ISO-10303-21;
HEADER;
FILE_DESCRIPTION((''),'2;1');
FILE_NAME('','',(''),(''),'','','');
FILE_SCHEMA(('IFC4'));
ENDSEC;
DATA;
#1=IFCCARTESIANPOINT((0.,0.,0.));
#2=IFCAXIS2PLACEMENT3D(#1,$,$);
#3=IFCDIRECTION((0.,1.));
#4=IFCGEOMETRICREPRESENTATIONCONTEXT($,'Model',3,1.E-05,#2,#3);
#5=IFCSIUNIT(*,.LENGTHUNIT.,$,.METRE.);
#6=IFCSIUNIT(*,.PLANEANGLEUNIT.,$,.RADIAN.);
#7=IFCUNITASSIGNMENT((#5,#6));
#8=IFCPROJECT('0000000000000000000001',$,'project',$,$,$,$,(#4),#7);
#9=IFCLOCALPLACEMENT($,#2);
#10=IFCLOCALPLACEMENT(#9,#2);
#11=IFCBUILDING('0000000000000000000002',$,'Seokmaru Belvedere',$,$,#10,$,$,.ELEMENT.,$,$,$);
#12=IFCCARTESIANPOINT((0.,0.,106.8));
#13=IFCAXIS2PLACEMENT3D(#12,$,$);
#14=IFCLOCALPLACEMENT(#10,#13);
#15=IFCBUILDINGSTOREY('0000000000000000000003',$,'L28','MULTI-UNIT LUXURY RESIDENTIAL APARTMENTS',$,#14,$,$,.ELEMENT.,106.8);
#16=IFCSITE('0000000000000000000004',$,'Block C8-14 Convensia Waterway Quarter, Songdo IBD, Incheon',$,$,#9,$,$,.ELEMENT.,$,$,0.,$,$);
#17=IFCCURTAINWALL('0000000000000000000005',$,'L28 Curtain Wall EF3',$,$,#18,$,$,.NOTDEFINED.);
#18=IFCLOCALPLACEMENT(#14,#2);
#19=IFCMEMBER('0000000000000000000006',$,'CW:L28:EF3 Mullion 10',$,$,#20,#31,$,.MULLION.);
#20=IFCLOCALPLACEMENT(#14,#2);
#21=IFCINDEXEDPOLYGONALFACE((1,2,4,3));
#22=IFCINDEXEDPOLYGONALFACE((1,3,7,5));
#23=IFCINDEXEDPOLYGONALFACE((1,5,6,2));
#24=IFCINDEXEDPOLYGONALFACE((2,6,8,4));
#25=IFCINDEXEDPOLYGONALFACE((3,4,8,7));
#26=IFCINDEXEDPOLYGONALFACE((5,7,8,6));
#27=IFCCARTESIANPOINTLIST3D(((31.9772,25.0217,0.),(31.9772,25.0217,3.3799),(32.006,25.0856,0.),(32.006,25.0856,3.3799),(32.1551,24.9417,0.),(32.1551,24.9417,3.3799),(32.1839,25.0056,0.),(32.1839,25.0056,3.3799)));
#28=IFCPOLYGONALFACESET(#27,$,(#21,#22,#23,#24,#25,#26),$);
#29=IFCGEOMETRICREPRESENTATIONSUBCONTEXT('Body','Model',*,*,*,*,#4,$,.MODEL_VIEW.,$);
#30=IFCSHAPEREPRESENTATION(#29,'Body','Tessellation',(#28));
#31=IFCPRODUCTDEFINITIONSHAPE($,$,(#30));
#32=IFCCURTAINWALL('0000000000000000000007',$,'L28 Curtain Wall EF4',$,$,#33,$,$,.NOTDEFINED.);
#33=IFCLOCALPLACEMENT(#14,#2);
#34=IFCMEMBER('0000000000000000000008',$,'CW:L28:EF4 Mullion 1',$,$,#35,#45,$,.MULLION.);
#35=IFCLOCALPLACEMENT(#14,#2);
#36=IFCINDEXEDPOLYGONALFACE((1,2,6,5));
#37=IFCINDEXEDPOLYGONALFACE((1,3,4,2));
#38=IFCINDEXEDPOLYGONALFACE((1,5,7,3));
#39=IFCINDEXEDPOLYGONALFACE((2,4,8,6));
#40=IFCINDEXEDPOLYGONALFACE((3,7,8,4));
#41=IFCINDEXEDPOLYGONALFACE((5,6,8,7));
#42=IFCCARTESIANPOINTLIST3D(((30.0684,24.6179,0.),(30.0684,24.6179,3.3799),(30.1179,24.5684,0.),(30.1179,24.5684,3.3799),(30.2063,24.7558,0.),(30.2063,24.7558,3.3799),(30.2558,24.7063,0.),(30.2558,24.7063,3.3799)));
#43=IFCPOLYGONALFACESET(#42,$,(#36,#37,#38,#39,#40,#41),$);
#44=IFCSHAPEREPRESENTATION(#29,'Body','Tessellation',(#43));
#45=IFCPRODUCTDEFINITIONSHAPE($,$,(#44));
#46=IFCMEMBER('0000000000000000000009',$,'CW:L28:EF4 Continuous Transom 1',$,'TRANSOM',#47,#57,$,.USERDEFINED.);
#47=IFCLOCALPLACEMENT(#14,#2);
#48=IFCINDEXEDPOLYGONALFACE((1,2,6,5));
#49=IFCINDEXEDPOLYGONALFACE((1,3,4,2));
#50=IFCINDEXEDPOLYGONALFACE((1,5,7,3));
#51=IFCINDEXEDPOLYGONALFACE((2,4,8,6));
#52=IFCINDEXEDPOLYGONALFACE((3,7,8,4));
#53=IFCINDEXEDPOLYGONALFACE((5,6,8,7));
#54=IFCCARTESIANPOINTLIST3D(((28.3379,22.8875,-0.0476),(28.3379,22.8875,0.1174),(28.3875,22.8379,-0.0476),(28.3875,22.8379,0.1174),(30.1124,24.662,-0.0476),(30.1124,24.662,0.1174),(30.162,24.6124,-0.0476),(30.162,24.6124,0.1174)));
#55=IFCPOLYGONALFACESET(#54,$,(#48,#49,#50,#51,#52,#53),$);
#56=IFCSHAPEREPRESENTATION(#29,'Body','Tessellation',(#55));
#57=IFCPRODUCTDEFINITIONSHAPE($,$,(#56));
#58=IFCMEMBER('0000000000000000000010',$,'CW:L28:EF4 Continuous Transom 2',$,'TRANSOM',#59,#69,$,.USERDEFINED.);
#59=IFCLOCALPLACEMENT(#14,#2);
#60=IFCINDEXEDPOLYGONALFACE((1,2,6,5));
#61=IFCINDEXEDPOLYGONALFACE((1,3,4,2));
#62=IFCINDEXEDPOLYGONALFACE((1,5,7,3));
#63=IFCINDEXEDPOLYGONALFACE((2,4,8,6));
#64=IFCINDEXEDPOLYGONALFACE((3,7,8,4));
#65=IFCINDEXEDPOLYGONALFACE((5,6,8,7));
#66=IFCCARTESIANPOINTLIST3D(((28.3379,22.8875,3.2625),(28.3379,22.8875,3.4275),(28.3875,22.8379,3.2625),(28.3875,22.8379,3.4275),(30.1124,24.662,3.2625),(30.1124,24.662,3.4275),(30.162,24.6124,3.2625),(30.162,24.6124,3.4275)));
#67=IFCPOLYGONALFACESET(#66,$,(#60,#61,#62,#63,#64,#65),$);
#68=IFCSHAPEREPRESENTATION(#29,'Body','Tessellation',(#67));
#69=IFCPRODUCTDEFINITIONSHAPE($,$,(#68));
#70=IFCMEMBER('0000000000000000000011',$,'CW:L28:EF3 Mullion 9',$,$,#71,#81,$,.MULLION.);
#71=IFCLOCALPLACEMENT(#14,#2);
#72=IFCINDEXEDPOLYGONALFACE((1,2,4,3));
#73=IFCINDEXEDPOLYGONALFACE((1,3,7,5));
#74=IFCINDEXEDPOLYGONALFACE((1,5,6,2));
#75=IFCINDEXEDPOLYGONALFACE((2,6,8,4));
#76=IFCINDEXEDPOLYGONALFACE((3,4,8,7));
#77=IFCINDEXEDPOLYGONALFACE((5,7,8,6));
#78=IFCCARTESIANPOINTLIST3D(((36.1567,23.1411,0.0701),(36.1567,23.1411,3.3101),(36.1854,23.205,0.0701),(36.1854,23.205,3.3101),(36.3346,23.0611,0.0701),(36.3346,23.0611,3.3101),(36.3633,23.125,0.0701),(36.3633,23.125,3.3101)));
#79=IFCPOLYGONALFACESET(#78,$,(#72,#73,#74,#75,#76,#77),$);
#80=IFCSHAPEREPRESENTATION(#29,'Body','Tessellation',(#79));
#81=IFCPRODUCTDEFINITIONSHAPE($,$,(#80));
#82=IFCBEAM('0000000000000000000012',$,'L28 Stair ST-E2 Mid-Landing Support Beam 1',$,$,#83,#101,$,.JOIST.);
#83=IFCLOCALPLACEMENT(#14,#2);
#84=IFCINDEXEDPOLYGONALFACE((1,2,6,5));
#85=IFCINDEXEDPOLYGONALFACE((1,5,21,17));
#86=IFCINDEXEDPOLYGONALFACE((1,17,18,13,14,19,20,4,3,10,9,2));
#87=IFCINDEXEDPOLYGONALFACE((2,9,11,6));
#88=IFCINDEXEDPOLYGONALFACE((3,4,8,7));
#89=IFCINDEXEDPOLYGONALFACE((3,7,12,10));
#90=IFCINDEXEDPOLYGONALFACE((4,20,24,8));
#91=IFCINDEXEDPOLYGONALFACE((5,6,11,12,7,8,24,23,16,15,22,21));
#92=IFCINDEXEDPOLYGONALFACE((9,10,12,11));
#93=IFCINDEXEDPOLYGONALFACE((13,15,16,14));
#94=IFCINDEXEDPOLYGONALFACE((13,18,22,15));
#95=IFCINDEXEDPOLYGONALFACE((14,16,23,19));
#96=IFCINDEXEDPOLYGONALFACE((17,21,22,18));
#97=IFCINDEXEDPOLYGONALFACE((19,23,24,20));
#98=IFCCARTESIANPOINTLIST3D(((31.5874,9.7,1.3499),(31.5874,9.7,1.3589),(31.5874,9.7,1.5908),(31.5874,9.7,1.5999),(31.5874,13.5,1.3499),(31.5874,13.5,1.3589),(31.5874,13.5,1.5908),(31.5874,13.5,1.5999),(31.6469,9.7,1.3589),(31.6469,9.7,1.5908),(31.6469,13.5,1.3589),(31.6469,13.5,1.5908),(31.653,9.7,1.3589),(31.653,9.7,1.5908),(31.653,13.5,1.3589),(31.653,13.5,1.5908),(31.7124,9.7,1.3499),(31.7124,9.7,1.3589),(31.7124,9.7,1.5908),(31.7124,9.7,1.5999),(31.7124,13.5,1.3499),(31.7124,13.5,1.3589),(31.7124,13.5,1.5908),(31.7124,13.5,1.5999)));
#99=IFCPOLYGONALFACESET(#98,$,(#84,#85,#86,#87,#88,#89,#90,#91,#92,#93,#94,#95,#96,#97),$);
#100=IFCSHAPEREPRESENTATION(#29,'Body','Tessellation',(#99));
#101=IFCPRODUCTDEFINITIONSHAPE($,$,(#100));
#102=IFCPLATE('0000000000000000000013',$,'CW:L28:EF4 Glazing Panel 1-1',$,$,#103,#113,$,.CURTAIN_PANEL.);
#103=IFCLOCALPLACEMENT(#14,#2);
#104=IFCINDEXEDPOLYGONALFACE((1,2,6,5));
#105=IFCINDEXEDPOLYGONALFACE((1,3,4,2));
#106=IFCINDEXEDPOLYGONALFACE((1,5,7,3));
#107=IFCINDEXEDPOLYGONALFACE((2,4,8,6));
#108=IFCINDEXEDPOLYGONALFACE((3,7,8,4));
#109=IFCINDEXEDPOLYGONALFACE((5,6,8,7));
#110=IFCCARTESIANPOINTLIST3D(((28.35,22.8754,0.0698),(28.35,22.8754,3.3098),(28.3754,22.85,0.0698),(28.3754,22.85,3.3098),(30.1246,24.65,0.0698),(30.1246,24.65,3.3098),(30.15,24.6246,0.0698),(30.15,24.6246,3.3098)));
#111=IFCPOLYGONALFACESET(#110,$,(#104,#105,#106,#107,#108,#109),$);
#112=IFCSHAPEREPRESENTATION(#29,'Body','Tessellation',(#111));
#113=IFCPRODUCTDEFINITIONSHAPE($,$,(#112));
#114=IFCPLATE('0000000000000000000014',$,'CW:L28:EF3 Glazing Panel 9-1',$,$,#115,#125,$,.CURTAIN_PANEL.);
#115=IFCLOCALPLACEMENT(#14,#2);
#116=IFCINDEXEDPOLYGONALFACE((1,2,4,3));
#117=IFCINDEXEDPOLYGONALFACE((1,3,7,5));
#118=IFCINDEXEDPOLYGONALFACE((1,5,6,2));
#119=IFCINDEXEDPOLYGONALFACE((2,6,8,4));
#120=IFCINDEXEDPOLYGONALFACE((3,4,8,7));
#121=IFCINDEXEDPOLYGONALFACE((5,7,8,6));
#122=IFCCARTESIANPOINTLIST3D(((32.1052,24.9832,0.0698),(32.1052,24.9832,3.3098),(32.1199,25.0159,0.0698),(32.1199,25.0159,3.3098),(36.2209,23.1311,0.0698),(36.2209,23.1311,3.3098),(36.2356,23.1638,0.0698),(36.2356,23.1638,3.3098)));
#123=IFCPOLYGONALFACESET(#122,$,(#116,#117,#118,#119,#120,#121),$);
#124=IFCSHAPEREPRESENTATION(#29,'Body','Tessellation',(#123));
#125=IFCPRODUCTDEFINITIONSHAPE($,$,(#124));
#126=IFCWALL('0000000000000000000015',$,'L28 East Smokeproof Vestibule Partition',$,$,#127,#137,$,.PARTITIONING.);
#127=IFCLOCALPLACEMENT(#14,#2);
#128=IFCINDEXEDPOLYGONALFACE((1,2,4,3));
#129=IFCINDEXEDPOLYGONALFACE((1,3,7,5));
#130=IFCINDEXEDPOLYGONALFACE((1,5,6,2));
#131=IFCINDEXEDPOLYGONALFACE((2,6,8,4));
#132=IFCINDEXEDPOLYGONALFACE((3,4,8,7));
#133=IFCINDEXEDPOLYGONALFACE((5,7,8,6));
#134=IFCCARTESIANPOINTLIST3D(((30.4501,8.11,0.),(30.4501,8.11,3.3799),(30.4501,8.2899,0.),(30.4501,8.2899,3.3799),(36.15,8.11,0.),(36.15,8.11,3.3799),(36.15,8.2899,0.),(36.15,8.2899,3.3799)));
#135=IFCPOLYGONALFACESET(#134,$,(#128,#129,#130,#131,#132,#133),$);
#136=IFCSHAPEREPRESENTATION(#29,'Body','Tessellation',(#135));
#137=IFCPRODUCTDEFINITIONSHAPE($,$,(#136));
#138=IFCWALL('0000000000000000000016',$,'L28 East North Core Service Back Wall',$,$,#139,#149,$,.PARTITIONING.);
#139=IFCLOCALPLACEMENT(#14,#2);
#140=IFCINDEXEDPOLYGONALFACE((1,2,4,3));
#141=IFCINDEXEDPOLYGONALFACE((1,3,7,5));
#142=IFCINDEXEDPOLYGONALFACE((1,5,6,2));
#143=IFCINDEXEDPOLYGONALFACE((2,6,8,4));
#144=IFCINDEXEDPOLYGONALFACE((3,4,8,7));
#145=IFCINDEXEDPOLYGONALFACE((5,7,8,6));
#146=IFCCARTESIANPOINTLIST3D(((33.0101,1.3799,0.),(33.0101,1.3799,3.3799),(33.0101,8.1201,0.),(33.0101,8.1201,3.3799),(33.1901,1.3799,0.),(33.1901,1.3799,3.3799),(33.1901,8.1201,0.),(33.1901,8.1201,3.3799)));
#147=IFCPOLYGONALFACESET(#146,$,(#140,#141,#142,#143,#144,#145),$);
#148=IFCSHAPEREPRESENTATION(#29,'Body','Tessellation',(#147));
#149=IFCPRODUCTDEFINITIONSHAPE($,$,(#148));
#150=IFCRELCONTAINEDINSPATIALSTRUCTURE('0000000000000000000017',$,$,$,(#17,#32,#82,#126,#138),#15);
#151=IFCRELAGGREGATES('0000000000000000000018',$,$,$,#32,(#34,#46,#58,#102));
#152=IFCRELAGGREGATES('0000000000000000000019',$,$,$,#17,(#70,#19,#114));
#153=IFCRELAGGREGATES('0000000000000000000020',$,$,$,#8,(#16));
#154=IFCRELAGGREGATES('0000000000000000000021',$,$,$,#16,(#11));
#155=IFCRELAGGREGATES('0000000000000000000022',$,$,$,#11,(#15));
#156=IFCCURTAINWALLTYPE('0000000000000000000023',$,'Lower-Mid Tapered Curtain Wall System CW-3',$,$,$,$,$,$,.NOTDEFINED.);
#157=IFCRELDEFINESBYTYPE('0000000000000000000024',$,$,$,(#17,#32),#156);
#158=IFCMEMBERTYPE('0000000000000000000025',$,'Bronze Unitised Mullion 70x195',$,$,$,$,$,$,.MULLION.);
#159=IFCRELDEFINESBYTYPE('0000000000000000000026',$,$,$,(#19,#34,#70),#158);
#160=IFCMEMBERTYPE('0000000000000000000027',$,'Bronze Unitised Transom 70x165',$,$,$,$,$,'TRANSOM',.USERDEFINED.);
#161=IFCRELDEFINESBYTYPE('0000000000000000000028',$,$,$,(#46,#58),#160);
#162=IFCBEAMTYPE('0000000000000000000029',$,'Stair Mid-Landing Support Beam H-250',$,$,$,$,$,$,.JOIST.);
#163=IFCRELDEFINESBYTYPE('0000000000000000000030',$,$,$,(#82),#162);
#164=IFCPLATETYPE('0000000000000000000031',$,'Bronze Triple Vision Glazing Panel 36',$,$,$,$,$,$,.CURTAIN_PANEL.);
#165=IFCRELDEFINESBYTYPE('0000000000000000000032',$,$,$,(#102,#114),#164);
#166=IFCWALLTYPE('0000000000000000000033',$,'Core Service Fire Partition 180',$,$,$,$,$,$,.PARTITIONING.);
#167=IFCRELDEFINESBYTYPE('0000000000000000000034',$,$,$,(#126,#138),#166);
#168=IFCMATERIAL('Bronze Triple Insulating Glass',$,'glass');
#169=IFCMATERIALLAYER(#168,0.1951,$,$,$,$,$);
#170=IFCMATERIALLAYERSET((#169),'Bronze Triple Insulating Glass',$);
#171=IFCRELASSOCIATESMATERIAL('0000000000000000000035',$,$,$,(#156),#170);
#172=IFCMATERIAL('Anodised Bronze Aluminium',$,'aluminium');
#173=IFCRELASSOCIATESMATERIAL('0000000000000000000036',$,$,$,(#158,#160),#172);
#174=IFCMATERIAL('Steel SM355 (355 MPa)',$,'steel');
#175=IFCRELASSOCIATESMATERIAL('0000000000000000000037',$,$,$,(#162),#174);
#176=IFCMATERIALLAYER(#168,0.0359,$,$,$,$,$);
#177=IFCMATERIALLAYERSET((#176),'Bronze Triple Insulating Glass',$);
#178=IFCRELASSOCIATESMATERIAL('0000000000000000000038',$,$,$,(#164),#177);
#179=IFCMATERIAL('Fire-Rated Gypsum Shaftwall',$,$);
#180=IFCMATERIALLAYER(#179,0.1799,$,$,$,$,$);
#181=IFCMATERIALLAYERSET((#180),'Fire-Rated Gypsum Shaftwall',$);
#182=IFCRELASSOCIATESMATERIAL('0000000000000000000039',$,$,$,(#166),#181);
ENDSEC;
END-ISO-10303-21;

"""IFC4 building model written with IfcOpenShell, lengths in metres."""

from ifc_helpers import new_model, si_unit, direction, frame, frame_2d, origin, origin_2d, place, context, subcontext, project, spatial, rectangle, i_section, extrude, source, transform, mapped, material, layer, layer_set, material_profile, profile_set, type_object, type_shapes, element, aggregate, save


model = new_model("IFC4")

# Units and contexts
model_context = context("Model", 3, precision=1e-05, world=origin(), true_north=direction((0.0, 1.0)))
body_context = subcontext(model_context, "Body", "Model", "MODEL_VIEW")
ifc_project = project(units=[si_unit("LENGTHUNIT", "METRE"), si_unit("PLANEANGLEUNIT", "RADIAN")], contexts=[model_context])

# Site, building, storey
site_placement = place(None, origin())
site = spatial("IfcSite", under=ifc_project, at=site_placement, Name="Block C8-14 Convensia Waterway Quarter, Songdo IBD, Incheon", CompositionType="ELEMENT", RefElevation=0.0)
building_placement = place(site_placement, origin())
building = spatial("IfcBuilding", under=site, at=building_placement, Name="Seokmaru Belvedere", CompositionType="ELEMENT")
storey_placement = place(building_placement, frame((0.0, 0.0, 106.8)))
storey = spatial("IfcBuildingStorey", under=building, at=storey_placement, Name="L28", Description="MULTI-UNIT LUXURY RESIDENTIAL APARTMENTS", CompositionType="ELEMENT", Elevation=106.8)

# Shared definitions
ifc_material_1 = material(Name="Steel SM355 (355 MPa)", Category="steel")

# Curtain wall, member
ifc_material_2 = material(Name="Bronze Triple Insulating Glass", Category="glass")
ifc_layer_1 = layer(ifc_material_2, 0.1951)
ifc_layer_set_1 = layer_set([ifc_layer_1], Name="Bronze Triple Insulating Glass")
curtain_wall_type = type_object("IfcCurtainWallType", Name="Lower-Mid Tapered Curtain Wall System CW-3", PredefinedType="NOTDEFINED", material=ifc_layer_set_1)
curtain_wall_1_placement = place(storey_placement, origin())
curtain_wall_1 = element("IfcCurtainWall", 1, at=curtain_wall_1_placement, inside=storey, type_object=curtain_wall_type, Name="L28 Curtain Wall EF3", PredefinedType="NOTDEFINED")
ifc_material_3 = material(Name="Anodised Bronze Aluminium", Category="aluminium")
ifc_material_profile_1 = material_profile(ifc_material_3, rectangle(XDim=0.0701, YDim=0.1951, at=origin_2d()), Name="CW-M-70x195")
ifc_profile_set_1 = profile_set([ifc_material_profile_1], Name="Anodised Bronze Aluminium")
member_type_1 = type_object("IfcMemberType", Name="Bronze Unitised Mullion 70x195", PredefinedType="MULLION", material=ifc_profile_set_1)
shared_shape_1 = source(origin(), body_context, "Body", "SweptSolid", [
    extrude(rectangle(XDim=0.0701, YDim=0.1951, at=origin_2d()), origin(), (0.0, 0.0, 1.0), 3.3799),
])
member_1_placement = place(storey_placement, frame((32.0806, 25.0137, 0.0), z_axis=(0.0, 0.0, 1.0), x_axis=(-0.410366, -0.911921, 0.0)))
member_1 = element("IfcMember", 2, at=member_1_placement, type_object=member_type_1, Name="CW:L28:EF3 Mullion 10", PredefinedType="MULLION", context=body_context, shape_type="MappedRepresentation", body=[
    mapped(shared_shape_1, transform((0.0, 0.0, 0.0), scale=1.0)),
])

# Curtain wall, members
curtain_wall_2_placement = place(storey_placement, origin())
curtain_wall_2 = element("IfcCurtainWall", 3, at=curtain_wall_2_placement, inside=storey, type_object=curtain_wall_type, Name="L28 Curtain Wall EF4", PredefinedType="NOTDEFINED")
member_2_placement = place(storey_placement, frame((30.1621, 24.6621, 0.0), z_axis=(0.0, 0.0, 1.0), x_axis=(0.707107, -0.707107, 0.0)))
member_2 = element("IfcMember", 4, at=member_2_placement, type_object=member_type_1, Name="CW:L28:EF4 Mullion 1", PredefinedType="MULLION", context=body_context, shape_type="MappedRepresentation", body=[
    mapped(shared_shape_1, transform((0.0, 0.0, 0.0), scale=1.0)),
])
ifc_material_profile_2 = material_profile(ifc_material_3, rectangle(XDim=0.0701, YDim=0.165, at=origin_2d()), Name="CW-T-70x165")
ifc_profile_set_2 = profile_set([ifc_material_profile_2], Name="Anodised Bronze Aluminium")
member_type_2 = type_object("IfcMemberType", Name="Bronze Unitised Transom 70x165", ElementType="TRANSOM", PredefinedType="USERDEFINED", material=ifc_profile_set_2)
shared_shape_2 = source(origin(), body_context, "Body", "SweptSolid", [
    extrude(rectangle(XDim=0.0701, YDim=0.165, at=origin_2d()), origin(), (0.0, 0.0, 1.0), 2.5095),
])
type_shapes(member_type_2, [shared_shape_2])
member_3_placement = place(storey_placement, frame((30.1372, 24.6372, 0.0349), z_axis=(-0.707107, -0.707107, 0.0), x_axis=(0.707107, -0.707107, 0.0)))
member_3 = element("IfcMember", 5, at=member_3_placement, type_object=member_type_2, Name="CW:L28:EF4 Continuous Transom 1", ObjectType="TRANSOM", PredefinedType="USERDEFINED", context=body_context, shape_type="MappedRepresentation", body=[
    mapped(shared_shape_2, transform((0.0, 0.0, 0.0), scale=1.0)),
])
member_4_placement = place(storey_placement, frame((30.1372, 24.6372, 3.345), z_axis=(-0.707107, -0.707107, 0.0), x_axis=(0.707107, -0.707107, 0.0)))
member_4 = element("IfcMember", 6, at=member_4_placement, type_object=member_type_2, Name="CW:L28:EF4 Continuous Transom 2", ObjectType="TRANSOM", PredefinedType="USERDEFINED", context=body_context, shape_type="MappedRepresentation", body=[
    mapped(shared_shape_2, transform((0.0, 0.0, 0.0), scale=1.0)),
])

# Member
shared_shape_3 = source(origin(), body_context, "Body", "SweptSolid", [
    extrude(rectangle(XDim=0.0701, YDim=0.1951, at=origin_2d()), origin(), (0.0, 0.0, 1.0), 3.24),
])
type_shapes(member_type_1, [shared_shape_1, shared_shape_3])
member_5_placement = place(storey_placement, frame((36.26, 23.1331, 0.0701), z_axis=(0.0, 0.0, 1.0), x_axis=(-0.410366, -0.911921, 0.0)))
member_5 = element("IfcMember", 7, at=member_5_placement, type_object=member_type_1, Name="CW:L28:EF3 Mullion 9", PredefinedType="MULLION", context=body_context, shape_type="MappedRepresentation", body=[
    mapped(shared_shape_3, transform((0.0, 0.0, 0.0), scale=1.0)),
])

# Beam
ifc_material_profile_3 = material_profile(ifc_material_1, i_section(OverallWidth=0.125, OverallDepth=0.25, WebThickness=0.0061, FlangeThickness=0.009, at=origin_2d()), Name="H-250x125x6x9")
ifc_profile_set_3 = profile_set([ifc_material_profile_3], Name="Steel SM355 (355 MPa)")
beam_type_1 = type_object("IfcBeamType", Name="Stair Mid-Landing Support Beam H-250", PredefinedType="JOIST", material=ifc_profile_set_3)
shared_shape_4 = source(origin(), body_context, "Body", "SweptSolid", [
    extrude(i_section(OverallWidth=0.125, OverallDepth=0.25, WebThickness=0.0061, FlangeThickness=0.009, at=origin_2d()), origin(), (0.0, 0.0, 1.0), 3.8),
])
type_shapes(beam_type_1, [shared_shape_4])
beam_1_placement = place(storey_placement, frame((31.6499, 9.7, 1.4749), z_axis=(0.0, 1.0, 0.0), x_axis=(-1.0, 0.0, 0.0)))
element("IfcBeam", 8, at=beam_1_placement, inside=storey, type_object=beam_type_1, Name="L28 Stair ST-E2 Mid-Landing Support Beam 1", PredefinedType="JOIST", context=body_context, shape_type="MappedRepresentation", body=[
    mapped(shared_shape_4, transform((0.0, 0.0, 0.0), scale=1.0)),
])

# Plates
ifc_layer_2 = layer(ifc_material_2, 0.0359)
ifc_layer_set_2 = layer_set([ifc_layer_2], Name="Bronze Triple Insulating Glass")
plate_type = type_object("IfcPlateType", Name="Bronze Triple Vision Glazing Panel 36", PredefinedType="CURTAIN_PANEL", material=ifc_layer_set_2)
shared_shape_5 = source(origin(), body_context, "Body", "SweptSolid", [
    extrude(rectangle(XDim=2.5098, YDim=0.0359, at=origin_2d()), origin(), (0.0, 0.0, 1.0), 3.24),
])
plate_1_placement = place(storey_placement, frame((29.25, 23.75, 0.0698), z_axis=(0.0, 0.0, 1.0), x_axis=(-0.707107, -0.707107, 0.0)))
plate_1 = element("IfcPlate", 9, at=plate_1_placement, type_object=plate_type, Name="CW:L28:EF4 Glazing Panel 1-1", PredefinedType="CURTAIN_PANEL", context=body_context, shape_type="MappedRepresentation", body=[
    mapped(shared_shape_5, transform((0.0, 0.0, 0.0), scale=1.0)),
])
aggregate(curtain_wall_2, [member_2, member_3, member_4, plate_1])
shared_shape_6 = source(origin(), body_context, "Body", "SweptSolid", [
    extrude(rectangle(XDim=4.5132, YDim=0.0359, at=origin_2d()), origin(), (0.0, 0.0, 1.0), 3.24),
])
type_shapes(plate_type, [shared_shape_5, shared_shape_6])
plate_2_placement = place(storey_placement, frame((34.1704, 24.0735, 0.0698), z_axis=(0.0, 0.0, 1.0), x_axis=(-0.911921, 0.410366, 0.0)))
plate_2 = element("IfcPlate", 10, at=plate_2_placement, type_object=plate_type, Name="CW:L28:EF3 Glazing Panel 9-1", PredefinedType="CURTAIN_PANEL", context=body_context, shape_type="MappedRepresentation", body=[
    mapped(shared_shape_6, transform((0.0, 0.0, 0.0), scale=1.0)),
])
aggregate(curtain_wall_1, [member_5, member_1, plate_2])

# Walls
ifc_material_4 = material(Name="Fire-Rated Gypsum Shaftwall")
ifc_layer_3 = layer(ifc_material_4, 0.1799)
ifc_layer_set_3 = layer_set([ifc_layer_3], Name="Fire-Rated Gypsum Shaftwall")
wall_type_1 = type_object("IfcWallType", Name="Core Service Fire Partition 180", PredefinedType="PARTITIONING", material=ifc_layer_set_3)
wall_1_placement = place(storey_placement, frame((30.45, 8.2, 0.0), z_axis=(0.0, 0.0, 1.0), x_axis=(1.0, 0.0, 0.0)))
element("IfcWall", 11, at=wall_1_placement, inside=storey, type_object=wall_type_1, Name="L28 East Smokeproof Vestibule Partition", PredefinedType="PARTITIONING", context=body_context, shape_type="SweptSolid", body=[
    extrude(rectangle(XDim=5.7, YDim=0.1799, at=frame_2d((2.8501, 0.0))), origin(), (0.0, 0.0, 1.0), 3.3799),
])
wall_2_placement = place(storey_placement, frame((33.1001, 1.3799, 0.0), z_axis=(0.0, 0.0, 1.0), x_axis=(0.0, 1.0, 0.0)))
element("IfcWall", 12, at=wall_2_placement, inside=storey, type_object=wall_type_1, Name="L28 East North Core Service Back Wall", PredefinedType="PARTITIONING", context=body_context, shape_type="SweptSolid", body=[
    extrude(rectangle(XDim=6.7402, YDim=0.1799, at=frame_2d((3.3701, 0.0))), origin(), (0.0, 0.0, 1.0), 3.3799),
])

save(model, "model.ifc")
